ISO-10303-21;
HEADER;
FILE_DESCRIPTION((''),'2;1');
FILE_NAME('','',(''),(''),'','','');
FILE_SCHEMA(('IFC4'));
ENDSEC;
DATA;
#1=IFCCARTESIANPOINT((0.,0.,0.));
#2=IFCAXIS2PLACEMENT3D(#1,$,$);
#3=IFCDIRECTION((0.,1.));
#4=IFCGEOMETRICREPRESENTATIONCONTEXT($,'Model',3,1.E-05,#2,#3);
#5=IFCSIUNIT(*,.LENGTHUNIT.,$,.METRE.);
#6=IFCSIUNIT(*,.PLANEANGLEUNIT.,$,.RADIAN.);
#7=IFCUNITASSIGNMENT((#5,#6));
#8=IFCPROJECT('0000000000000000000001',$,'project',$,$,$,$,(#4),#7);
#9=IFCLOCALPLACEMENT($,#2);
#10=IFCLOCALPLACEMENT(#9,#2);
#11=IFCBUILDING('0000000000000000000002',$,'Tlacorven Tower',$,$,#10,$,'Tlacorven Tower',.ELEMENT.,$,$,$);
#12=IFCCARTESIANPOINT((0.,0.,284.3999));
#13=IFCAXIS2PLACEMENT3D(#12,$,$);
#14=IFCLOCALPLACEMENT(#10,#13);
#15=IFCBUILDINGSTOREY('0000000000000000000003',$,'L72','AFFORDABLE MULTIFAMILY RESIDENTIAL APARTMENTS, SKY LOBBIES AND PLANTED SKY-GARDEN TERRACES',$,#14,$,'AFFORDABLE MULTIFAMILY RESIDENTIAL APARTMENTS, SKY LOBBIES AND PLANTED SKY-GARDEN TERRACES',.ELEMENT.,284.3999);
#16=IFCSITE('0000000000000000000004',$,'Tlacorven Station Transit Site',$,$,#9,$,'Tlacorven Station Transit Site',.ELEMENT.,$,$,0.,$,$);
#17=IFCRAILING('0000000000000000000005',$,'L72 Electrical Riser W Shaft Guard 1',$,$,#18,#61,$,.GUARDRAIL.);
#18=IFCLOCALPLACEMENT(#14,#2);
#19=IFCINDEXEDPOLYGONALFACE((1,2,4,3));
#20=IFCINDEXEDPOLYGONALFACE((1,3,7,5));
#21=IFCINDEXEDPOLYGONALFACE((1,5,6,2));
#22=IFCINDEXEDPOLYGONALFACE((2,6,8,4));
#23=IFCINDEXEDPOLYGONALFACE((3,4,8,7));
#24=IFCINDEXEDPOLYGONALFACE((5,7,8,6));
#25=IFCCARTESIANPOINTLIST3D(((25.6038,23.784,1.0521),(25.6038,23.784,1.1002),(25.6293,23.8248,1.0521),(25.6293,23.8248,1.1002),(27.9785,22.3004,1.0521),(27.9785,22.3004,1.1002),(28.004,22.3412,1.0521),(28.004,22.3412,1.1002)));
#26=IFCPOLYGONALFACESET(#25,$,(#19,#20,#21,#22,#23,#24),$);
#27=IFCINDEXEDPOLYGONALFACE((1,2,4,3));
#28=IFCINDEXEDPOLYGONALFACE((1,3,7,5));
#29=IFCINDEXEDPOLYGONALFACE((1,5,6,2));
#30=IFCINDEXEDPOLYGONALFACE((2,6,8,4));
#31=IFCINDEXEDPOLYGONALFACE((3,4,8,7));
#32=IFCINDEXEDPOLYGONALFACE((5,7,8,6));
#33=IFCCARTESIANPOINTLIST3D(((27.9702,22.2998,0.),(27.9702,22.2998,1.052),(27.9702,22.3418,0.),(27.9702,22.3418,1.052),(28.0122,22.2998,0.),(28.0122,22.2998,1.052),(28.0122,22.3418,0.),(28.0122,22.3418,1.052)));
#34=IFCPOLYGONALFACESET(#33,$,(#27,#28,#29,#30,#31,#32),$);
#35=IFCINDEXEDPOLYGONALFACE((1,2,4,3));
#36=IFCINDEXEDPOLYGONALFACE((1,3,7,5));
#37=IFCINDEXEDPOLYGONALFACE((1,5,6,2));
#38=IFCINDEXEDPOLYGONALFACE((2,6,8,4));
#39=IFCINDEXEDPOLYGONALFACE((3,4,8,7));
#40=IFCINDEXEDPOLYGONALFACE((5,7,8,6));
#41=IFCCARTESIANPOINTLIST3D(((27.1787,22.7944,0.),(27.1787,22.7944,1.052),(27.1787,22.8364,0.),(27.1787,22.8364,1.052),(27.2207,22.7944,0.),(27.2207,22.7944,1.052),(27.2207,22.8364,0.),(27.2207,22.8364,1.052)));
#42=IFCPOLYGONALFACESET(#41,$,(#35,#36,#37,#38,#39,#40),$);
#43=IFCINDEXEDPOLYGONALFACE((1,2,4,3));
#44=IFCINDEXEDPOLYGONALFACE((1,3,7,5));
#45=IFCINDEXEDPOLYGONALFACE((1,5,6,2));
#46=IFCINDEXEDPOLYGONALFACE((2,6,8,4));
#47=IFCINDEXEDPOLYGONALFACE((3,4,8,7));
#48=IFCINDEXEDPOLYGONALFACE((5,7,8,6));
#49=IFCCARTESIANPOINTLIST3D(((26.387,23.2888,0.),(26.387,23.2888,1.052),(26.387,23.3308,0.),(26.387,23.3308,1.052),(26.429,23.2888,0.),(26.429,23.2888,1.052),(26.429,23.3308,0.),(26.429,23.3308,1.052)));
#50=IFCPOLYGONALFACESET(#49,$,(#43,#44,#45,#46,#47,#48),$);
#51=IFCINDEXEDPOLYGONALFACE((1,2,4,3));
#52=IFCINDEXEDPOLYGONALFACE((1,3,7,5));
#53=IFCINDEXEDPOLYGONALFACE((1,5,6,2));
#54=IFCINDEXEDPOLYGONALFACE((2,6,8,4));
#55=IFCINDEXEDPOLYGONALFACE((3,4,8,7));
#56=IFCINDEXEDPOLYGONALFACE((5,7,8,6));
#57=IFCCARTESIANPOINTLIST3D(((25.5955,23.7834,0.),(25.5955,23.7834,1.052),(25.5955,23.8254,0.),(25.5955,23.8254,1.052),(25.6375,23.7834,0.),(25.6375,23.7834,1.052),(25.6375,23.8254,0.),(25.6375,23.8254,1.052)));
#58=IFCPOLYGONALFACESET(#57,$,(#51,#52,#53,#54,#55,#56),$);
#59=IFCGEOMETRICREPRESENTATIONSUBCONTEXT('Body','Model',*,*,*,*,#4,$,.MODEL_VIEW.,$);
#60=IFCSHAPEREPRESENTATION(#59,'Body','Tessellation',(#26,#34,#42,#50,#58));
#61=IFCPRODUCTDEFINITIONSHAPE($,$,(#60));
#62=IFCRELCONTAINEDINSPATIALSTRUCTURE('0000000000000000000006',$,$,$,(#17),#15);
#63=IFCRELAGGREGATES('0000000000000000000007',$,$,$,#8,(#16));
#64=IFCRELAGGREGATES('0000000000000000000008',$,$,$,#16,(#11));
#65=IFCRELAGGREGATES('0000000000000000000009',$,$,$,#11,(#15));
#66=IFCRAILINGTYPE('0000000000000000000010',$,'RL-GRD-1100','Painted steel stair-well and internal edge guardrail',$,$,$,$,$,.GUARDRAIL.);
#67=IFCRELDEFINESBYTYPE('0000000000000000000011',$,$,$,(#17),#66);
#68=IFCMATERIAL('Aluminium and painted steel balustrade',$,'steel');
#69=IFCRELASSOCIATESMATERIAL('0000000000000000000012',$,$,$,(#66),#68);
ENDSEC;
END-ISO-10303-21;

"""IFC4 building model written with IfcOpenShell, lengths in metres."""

from ifc_helpers import new_model, si_unit, direction, frame, origin, origin_2d, place, context, subcontext, project, spatial, rectangle, extrude, source, transform, mapped, material, type_object, element, save


model = new_model("IFC4")

# Units and contexts
model_context = context("Model", 3, precision=1e-05, world=origin(), true_north=direction((0.0, 1.0)))
body_context = subcontext(model_context, "Body", "Model", "MODEL_VIEW")
ifc_project = project(units=[si_unit("LENGTHUNIT", "METRE"), si_unit("PLANEANGLEUNIT", "RADIAN")], contexts=[model_context])

# Site, building, storey
site_placement = place(None, origin())
site = spatial("IfcSite", under=ifc_project, at=site_placement, Name="Tlacorven Station Transit Site", LongName="Tlacorven Station Transit Site", CompositionType="ELEMENT", RefElevation=0.0)
building_placement = place(site_placement, origin())
building = spatial("IfcBuilding", under=site, at=building_placement, Name="Tlacorven Tower", LongName="Tlacorven Tower", CompositionType="ELEMENT")
storey_placement = place(building_placement, frame((0.0, 0.0, 284.3999)))
storey = spatial("IfcBuildingStorey", under=building, at=storey_placement, Name="L72", Description="AFFORDABLE MULTIFAMILY RESIDENTIAL APARTMENTS, SKY LOBBIES AND PLANTED SKY-GARDEN TERRACES", LongName="AFFORDABLE MULTIFAMILY RESIDENTIAL APARTMENTS, SKY LOBBIES AND PLANTED SKY-GARDEN TERRACES", CompositionType="ELEMENT", Elevation=284.3999)

# Railing
ifc_material_1 = material(Name="Aluminium and painted steel balustrade", Category="steel")
railing_type = type_object("IfcRailingType", Name="RL-GRD-1100", Description="Painted steel stair-well and internal edge guardrail", PredefinedType="GUARDRAIL", material=ifc_material_1)
shared_shape_1 = source(origin(), body_context, "Body", "SweptSolid", [
    extrude(rectangle(XDim=0.0481, YDim=0.0481, at=origin_2d()), frame((0.0, 0.0, 1.0762), z_axis=(-0.848091, 0.52985, 0.0), x_axis=(-0.52985, -0.848091, 0.0)), (0.0, 0.0, 1.0), 2.8),
    extrude(rectangle(XDim=0.042, YDim=0.042, at=origin_2d()), origin(), (0.0, 0.0, 1.0), 1.052),
    extrude(rectangle(XDim=0.042, YDim=0.042, at=origin_2d()), frame((-0.7915, 0.4946, 0.0)), (0.0, 0.0, 1.0), 1.052),
    extrude(rectangle(XDim=0.042, YDim=0.042, at=origin_2d()), frame((-1.5833, 0.989, 0.0)), (0.0, 0.0, 1.0), 1.052),
    extrude(rectangle(XDim=0.042, YDim=0.042, at=origin_2d()), frame((-2.3748, 1.4836, 0.0)), (0.0, 0.0, 1.0), 1.052),
])
railing_placement = place(storey_placement, frame((27.9912, 22.3208, 0.0)))
element("IfcRailing", 1, at=railing_placement, inside=storey, type_object=railing_type, Name="L72 Electrical Riser W Shaft Guard 1", PredefinedType="GUARDRAIL", context=body_context, shape_type="MappedRepresentation", body=[
    mapped(shared_shape_1, transform((0.0, 0.0, 0.0), scale=1.0)),
])

save(model, "model.ifc")
